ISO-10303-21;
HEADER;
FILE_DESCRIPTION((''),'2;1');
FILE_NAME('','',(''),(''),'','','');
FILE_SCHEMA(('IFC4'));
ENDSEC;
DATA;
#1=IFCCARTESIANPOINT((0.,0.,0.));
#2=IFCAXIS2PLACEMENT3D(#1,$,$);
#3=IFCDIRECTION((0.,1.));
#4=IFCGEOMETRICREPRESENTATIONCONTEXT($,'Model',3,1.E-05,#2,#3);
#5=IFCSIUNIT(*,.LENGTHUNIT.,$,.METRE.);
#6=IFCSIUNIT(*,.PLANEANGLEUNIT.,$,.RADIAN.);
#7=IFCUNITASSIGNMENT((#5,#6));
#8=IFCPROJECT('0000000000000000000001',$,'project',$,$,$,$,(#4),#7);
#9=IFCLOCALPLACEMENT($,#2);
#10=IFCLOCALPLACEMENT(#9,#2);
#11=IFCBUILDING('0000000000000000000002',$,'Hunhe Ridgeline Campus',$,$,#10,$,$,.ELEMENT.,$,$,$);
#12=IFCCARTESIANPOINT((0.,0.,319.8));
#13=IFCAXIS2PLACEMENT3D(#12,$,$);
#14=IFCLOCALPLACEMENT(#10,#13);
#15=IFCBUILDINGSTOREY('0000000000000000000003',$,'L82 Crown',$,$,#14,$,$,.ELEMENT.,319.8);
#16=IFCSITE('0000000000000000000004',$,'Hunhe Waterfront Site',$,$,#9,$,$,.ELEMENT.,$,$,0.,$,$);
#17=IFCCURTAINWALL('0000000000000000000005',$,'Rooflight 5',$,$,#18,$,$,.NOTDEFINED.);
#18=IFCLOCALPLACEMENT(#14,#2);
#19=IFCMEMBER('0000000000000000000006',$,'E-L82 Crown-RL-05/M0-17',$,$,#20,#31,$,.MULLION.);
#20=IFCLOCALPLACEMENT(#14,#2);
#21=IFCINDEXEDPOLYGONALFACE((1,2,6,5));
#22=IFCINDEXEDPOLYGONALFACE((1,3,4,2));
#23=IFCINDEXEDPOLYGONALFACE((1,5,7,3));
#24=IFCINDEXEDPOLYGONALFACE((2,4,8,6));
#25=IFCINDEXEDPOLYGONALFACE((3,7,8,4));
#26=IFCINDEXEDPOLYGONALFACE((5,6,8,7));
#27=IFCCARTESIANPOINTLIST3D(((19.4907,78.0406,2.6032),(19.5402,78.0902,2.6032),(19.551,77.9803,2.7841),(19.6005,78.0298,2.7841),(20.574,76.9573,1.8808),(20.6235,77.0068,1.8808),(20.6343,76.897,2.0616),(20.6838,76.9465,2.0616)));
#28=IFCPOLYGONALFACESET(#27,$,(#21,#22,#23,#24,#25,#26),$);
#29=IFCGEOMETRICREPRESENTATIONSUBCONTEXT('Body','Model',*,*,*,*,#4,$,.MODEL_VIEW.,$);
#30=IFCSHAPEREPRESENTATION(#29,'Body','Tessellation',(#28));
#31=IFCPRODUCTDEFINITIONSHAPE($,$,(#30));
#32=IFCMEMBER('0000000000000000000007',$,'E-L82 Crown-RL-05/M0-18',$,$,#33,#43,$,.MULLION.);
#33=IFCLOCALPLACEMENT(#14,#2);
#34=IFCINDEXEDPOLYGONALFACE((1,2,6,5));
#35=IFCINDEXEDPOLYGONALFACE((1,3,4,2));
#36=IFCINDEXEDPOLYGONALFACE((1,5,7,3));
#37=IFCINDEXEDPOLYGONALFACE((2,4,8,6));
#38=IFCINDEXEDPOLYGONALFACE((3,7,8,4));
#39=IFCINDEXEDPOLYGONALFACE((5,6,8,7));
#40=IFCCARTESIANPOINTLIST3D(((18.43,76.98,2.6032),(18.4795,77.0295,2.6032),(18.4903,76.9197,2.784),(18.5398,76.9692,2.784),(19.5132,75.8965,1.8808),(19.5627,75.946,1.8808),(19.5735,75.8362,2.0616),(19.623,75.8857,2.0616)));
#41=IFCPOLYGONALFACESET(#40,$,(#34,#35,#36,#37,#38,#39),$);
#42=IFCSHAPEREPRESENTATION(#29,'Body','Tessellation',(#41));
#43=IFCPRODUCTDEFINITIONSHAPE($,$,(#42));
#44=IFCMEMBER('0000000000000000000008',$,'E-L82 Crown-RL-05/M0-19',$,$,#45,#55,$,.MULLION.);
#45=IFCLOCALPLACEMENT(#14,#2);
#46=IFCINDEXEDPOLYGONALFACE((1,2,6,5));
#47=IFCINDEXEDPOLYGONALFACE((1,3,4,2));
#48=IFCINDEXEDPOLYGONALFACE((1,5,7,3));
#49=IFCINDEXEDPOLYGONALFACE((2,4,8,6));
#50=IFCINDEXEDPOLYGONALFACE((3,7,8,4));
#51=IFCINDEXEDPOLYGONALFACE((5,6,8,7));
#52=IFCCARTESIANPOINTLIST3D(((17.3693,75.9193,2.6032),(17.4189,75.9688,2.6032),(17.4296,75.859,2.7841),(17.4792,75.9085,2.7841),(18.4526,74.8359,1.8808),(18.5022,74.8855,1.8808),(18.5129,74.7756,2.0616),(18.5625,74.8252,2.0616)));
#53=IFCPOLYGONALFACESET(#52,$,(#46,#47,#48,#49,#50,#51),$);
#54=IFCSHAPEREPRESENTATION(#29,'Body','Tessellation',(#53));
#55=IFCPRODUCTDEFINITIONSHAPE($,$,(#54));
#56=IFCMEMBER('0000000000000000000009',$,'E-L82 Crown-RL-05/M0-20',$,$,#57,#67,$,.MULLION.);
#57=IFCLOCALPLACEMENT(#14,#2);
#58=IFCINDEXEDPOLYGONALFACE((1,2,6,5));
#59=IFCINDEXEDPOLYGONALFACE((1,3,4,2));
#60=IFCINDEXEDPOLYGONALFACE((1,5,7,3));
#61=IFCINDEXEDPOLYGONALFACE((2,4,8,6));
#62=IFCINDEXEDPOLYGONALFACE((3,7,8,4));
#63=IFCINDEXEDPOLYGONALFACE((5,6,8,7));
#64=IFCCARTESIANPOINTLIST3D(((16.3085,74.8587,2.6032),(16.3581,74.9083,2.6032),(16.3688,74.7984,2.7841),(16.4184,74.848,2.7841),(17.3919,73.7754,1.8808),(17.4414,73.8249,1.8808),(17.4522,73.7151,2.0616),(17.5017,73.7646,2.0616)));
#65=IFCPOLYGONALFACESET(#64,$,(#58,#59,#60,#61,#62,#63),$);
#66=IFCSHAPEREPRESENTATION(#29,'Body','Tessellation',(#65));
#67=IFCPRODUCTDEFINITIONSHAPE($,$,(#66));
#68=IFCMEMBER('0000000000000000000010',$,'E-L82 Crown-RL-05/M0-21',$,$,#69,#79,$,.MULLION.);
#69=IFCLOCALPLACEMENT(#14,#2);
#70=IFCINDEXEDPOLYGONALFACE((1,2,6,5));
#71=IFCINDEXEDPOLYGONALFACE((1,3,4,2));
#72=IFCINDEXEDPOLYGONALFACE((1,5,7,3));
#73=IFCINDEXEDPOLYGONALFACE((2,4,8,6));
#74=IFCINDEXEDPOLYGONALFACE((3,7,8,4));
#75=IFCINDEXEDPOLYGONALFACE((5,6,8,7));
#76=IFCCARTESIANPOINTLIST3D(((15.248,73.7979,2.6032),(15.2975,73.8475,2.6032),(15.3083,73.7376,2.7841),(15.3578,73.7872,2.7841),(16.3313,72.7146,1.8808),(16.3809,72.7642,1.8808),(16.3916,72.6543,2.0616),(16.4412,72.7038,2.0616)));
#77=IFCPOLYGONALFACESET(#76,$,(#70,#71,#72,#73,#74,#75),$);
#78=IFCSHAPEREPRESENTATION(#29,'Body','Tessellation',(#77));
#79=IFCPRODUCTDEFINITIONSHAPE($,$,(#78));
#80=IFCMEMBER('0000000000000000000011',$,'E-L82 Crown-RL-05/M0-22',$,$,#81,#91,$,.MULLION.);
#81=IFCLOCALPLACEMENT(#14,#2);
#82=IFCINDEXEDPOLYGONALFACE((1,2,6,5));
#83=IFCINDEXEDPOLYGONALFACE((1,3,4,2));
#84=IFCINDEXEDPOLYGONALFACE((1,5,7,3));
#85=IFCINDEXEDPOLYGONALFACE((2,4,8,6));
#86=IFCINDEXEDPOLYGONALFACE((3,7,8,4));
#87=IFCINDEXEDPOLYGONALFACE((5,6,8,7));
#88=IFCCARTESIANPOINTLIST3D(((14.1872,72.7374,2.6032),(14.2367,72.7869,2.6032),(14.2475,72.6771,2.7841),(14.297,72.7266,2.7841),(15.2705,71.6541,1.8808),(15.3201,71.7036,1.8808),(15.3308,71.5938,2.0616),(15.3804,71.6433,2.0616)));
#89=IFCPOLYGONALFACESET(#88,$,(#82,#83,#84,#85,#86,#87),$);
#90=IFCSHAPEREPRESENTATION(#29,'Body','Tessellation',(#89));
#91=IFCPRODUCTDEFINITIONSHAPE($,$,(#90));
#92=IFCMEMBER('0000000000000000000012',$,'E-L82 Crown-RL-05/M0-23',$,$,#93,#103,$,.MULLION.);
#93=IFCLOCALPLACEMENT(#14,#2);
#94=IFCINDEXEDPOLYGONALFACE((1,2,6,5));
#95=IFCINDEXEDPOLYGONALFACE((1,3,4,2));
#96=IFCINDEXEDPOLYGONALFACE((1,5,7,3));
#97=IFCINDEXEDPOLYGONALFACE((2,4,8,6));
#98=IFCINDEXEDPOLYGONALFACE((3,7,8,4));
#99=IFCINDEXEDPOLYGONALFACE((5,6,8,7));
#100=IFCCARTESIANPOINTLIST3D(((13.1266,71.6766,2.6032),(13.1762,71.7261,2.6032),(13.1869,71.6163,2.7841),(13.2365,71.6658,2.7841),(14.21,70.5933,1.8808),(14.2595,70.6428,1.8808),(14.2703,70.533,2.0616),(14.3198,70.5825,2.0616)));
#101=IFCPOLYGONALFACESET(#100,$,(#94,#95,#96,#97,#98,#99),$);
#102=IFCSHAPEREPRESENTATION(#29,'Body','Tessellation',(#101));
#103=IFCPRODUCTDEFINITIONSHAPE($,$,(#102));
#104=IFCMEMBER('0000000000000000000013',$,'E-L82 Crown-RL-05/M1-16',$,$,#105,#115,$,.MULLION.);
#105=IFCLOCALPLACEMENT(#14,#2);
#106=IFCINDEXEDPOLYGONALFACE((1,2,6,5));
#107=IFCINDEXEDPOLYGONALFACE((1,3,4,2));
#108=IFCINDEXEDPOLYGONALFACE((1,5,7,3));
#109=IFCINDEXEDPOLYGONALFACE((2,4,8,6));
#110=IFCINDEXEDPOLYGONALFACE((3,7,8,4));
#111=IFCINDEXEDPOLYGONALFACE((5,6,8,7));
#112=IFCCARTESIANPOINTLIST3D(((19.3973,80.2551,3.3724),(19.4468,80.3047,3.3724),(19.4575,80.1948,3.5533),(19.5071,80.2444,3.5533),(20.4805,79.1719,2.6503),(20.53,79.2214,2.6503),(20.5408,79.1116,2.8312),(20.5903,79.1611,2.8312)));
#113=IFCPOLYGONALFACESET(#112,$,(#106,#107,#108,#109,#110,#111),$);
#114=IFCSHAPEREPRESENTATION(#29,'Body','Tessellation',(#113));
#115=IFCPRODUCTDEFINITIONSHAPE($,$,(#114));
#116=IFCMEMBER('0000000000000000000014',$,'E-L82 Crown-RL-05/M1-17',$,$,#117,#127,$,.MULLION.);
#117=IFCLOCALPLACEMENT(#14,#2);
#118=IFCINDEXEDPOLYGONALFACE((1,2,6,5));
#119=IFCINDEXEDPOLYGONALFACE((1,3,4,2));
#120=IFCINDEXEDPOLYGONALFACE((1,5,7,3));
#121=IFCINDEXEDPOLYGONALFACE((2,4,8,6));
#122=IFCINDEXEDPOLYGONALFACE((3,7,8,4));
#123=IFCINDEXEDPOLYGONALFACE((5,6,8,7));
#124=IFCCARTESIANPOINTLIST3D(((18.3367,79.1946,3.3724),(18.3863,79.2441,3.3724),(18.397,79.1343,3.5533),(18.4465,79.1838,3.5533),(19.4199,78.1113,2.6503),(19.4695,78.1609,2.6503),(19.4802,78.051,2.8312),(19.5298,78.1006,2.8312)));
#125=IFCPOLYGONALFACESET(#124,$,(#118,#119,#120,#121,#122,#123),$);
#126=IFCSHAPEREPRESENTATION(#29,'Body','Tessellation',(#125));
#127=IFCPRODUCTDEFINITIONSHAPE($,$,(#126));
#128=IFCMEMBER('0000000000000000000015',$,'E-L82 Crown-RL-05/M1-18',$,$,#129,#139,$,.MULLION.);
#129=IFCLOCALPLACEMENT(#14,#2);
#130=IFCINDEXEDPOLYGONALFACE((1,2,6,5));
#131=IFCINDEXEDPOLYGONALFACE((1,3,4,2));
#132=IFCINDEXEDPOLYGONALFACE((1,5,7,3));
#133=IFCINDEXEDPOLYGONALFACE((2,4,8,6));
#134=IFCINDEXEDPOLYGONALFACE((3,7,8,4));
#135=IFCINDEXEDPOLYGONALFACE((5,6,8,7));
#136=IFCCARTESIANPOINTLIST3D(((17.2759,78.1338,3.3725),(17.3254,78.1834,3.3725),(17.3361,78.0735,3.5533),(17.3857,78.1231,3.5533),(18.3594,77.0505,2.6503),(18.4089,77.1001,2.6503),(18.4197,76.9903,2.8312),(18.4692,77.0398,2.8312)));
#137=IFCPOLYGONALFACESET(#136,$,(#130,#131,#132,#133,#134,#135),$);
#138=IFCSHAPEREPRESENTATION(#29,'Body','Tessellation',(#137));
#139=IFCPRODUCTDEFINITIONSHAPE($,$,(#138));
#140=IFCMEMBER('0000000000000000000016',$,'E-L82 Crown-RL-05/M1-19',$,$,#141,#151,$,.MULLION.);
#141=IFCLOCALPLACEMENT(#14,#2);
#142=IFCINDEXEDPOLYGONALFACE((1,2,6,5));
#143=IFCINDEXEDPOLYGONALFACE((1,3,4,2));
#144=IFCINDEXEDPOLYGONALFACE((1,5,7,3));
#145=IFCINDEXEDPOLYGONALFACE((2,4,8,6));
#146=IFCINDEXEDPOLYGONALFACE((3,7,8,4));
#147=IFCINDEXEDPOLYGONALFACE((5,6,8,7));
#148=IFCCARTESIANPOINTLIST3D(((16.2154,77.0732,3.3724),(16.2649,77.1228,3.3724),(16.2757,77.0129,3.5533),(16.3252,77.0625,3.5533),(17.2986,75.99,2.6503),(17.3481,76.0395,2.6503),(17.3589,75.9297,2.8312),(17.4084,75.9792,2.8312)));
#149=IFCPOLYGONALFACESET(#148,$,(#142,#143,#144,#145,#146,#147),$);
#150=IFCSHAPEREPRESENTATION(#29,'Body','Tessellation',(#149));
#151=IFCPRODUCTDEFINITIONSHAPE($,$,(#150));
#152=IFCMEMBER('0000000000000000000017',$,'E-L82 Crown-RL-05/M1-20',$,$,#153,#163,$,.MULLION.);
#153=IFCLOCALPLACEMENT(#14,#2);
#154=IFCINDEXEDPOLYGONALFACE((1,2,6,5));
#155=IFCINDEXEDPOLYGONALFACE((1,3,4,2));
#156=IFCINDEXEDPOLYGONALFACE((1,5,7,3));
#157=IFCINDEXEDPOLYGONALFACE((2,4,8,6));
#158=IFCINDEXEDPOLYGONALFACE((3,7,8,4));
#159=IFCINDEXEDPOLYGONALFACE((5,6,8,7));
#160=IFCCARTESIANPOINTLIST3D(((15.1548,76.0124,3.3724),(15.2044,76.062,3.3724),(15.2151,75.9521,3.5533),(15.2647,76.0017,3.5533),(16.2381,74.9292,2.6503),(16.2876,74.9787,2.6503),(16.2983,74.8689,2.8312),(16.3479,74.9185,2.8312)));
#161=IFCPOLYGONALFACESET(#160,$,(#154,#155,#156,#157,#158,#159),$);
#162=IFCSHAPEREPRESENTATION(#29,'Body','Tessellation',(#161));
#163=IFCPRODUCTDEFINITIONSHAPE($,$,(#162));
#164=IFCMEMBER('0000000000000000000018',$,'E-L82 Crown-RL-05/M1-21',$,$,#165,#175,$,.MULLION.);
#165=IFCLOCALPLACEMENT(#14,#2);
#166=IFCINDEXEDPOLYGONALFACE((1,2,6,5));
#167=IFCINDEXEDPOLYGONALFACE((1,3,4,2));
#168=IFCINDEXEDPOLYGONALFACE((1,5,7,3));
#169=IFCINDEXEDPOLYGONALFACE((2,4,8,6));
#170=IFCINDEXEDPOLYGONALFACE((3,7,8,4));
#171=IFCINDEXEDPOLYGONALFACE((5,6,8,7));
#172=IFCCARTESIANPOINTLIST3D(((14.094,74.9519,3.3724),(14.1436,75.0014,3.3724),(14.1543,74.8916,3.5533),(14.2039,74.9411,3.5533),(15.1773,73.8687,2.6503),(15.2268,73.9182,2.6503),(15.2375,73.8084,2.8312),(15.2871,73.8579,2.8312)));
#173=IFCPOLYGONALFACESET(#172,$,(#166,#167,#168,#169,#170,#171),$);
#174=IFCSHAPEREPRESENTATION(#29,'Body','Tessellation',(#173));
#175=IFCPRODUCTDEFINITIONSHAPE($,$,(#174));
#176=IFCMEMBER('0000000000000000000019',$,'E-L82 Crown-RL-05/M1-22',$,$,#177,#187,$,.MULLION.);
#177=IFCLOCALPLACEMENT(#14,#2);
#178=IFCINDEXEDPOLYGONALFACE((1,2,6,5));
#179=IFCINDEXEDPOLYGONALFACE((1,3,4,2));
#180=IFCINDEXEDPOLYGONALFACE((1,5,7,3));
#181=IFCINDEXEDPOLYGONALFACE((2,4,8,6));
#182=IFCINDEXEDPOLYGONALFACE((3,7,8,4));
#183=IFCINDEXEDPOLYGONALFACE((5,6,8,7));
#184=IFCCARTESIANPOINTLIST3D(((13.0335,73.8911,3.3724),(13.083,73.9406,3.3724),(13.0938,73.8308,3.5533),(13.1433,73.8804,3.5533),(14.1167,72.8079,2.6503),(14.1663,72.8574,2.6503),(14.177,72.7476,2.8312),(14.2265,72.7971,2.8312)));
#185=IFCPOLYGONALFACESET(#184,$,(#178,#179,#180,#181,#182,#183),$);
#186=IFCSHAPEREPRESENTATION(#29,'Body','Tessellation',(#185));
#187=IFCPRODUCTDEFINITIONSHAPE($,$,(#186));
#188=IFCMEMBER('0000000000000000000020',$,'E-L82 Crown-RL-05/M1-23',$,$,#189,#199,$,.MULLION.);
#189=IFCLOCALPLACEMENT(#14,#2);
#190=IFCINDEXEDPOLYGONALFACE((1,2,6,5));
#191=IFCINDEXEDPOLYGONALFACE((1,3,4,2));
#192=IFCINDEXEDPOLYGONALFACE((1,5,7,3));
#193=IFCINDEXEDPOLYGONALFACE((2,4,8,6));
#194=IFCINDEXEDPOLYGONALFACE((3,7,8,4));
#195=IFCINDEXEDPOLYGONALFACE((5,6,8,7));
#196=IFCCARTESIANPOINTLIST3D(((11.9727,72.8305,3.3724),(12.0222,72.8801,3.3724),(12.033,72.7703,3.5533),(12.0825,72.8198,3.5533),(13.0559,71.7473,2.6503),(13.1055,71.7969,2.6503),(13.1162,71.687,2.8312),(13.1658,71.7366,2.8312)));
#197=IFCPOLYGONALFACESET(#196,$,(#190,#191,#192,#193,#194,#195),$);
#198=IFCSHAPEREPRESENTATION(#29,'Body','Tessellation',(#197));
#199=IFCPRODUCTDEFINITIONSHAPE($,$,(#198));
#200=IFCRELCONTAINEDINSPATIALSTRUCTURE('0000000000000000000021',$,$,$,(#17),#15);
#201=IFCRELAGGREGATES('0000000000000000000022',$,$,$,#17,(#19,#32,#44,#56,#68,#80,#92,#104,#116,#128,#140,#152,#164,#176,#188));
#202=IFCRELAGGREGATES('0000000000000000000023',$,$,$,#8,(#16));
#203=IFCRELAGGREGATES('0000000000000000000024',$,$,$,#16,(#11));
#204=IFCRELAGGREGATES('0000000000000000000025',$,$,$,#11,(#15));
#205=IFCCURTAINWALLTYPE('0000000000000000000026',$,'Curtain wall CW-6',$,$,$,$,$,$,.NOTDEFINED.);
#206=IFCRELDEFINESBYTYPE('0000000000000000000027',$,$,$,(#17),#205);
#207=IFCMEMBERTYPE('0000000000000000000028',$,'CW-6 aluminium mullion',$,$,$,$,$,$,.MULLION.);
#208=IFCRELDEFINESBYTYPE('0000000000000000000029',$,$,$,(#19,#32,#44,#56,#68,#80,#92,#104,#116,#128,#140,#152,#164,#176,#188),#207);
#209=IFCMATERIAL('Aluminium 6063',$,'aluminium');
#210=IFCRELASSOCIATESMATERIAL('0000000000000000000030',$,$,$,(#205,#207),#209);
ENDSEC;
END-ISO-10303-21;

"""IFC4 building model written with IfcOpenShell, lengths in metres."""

from ifc_helpers import new_model, si_unit, direction, frame, origin, origin_2d, place, context, subcontext, project, spatial, rectangle, extrude, material, material_profile, profile_set, type_object, element, aggregate, save


model = new_model("IFC4")

# Units and contexts
model_context = context("Model", 3, precision=1e-05, world=origin(), true_north=direction((0.0, 1.0)))
body_context = subcontext(model_context, "Body", "Model", "MODEL_VIEW")
ifc_project = project(units=[si_unit("LENGTHUNIT", "METRE"), si_unit("PLANEANGLEUNIT", "RADIAN")], contexts=[model_context])

# Site, building, storey
site_placement = place(None, origin())
site = spatial("IfcSite", under=ifc_project, at=site_placement, Name="Hunhe Waterfront Site", CompositionType="ELEMENT", RefElevation=0.0)
building_placement = place(site_placement, origin())
building = spatial("IfcBuilding", under=site, at=building_placement, Name="Hunhe Ridgeline Campus", CompositionType="ELEMENT")
storey_placement = place(building_placement, frame((0.0, 0.0, 319.8)))
storey = spatial("IfcBuildingStorey", under=building, at=storey_placement, Name="L82 Crown", CompositionType="ELEMENT", Elevation=319.8)

# Curtain wall, members
ifc_material_1 = material(Name="Aluminium 6063", Category="aluminium")
curtain_wall_type = type_object("IfcCurtainWallType", Name="Curtain wall CW-6", PredefinedType="NOTDEFINED", material=ifc_material_1)
curtain_wall_placement = place(storey_placement, origin())
curtain_wall = element("IfcCurtainWall", 1, at=curtain_wall_placement, inside=storey, type_object=curtain_wall_type, Name="Rooflight 5", PredefinedType="NOTDEFINED")
ifc_material_profile = material_profile(ifc_material_1, rectangle(XDim=0.0701, YDim=0.2, at=origin_2d()))
ifc_profile_set = profile_set([ifc_material_profile], Name="Aluminium 6063")
member_type = type_object("IfcMemberType", Name="CW-6 aluminium mullion", PredefinedType="MULLION", material=ifc_profile_set)
member_1_placement = place(storey_placement, frame((20.6289, 76.9519, 1.9712), z_axis=(-0.639563, 0.639563, 0.426519), x_axis=(-0.707107, -0.707107, 0.0)))
member_1 = element("IfcMember", 2, at=member_1_placement, type_object=member_type, Name="E-L82 Crown-RL-05/M0-17", PredefinedType="MULLION", context=body_context, shape_type="SweptSolid", body=[
    extrude(rectangle(XDim=0.0701, YDim=0.2, at=origin_2d()), origin(), (0.0, 0.0, 1.0), 1.6938),
])
member_2_placement = place(storey_placement, frame((19.5681, 75.8911, 1.9712), z_axis=(-0.639504, 0.639648, 0.42648), x_axis=(-0.707186, -0.707027, 0.0)))
member_2 = element("IfcMember", 3, at=member_2_placement, type_object=member_type, Name="E-L82 Crown-RL-05/M0-18", PredefinedType="MULLION", context=body_context, shape_type="SweptSolid", body=[
    extrude(rectangle(XDim=0.0701, YDim=0.2, at=origin_2d()), origin(), (0.0, 0.0, 1.0), 1.6938),
])
member_3_placement = place(storey_placement, frame((18.5076, 74.8306, 1.9712), z_axis=(-0.639563, 0.639563, 0.426519), x_axis=(-0.707107, -0.707107, 0.0)))
member_3 = element("IfcMember", 4, at=member_3_placement, type_object=member_type, Name="E-L82 Crown-RL-05/M0-19", PredefinedType="MULLION", context=body_context, shape_type="SweptSolid", body=[
    extrude(rectangle(XDim=0.0701, YDim=0.2, at=origin_2d()), origin(), (0.0, 0.0, 1.0), 1.6938),
])
member_4_placement = place(storey_placement, frame((17.4468, 73.77, 1.9712), z_axis=(-0.639563, 0.639563, 0.426519), x_axis=(-0.707107, -0.707107, 0.0)))
member_4 = element("IfcMember", 5, at=member_4_placement, type_object=member_type, Name="E-L82 Crown-RL-05/M0-20", PredefinedType="MULLION", context=body_context, shape_type="SweptSolid", body=[
    extrude(rectangle(XDim=0.0701, YDim=0.2, at=origin_2d()), origin(), (0.0, 0.0, 1.0), 1.6938),
])
member_5_placement = place(storey_placement, frame((16.3862, 72.7092, 1.9712), z_axis=(-0.639563, 0.639563, 0.426519), x_axis=(-0.707107, -0.707107, 0.0)))
member_5 = element("IfcMember", 6, at=member_5_placement, type_object=member_type, Name="E-L82 Crown-RL-05/M0-21", PredefinedType="MULLION", context=body_context, shape_type="SweptSolid", body=[
    extrude(rectangle(XDim=0.0701, YDim=0.2, at=origin_2d()), origin(), (0.0, 0.0, 1.0), 1.6938),
])
member_6_placement = place(storey_placement, frame((15.3254, 71.6487, 1.9712), z_axis=(-0.639563, 0.639563, 0.426519), x_axis=(-0.707107, -0.707107, 0.0)))
member_6 = element("IfcMember", 7, at=member_6_placement, type_object=member_type, Name="E-L82 Crown-RL-05/M0-22", PredefinedType="MULLION", context=body_context, shape_type="SweptSolid", body=[
    extrude(rectangle(XDim=0.0701, YDim=0.2, at=origin_2d()), origin(), (0.0, 0.0, 1.0), 1.6938),
])
member_7_placement = place(storey_placement, frame((14.2649, 70.5879, 1.9712), z_axis=(-0.639563, 0.639563, 0.426519), x_axis=(-0.707107, -0.707107, 0.0)))
member_7 = element("IfcMember", 8, at=member_7_placement, type_object=member_type, Name="E-L82 Crown-RL-05/M0-23", PredefinedType="MULLION", context=body_context, shape_type="SweptSolid", body=[
    extrude(rectangle(XDim=0.0701, YDim=0.2, at=origin_2d()), origin(), (0.0, 0.0, 1.0), 1.6938),
])
member_8_placement = place(storey_placement, frame((20.5354, 79.1665, 2.7407), z_axis=(-0.639602, 0.639602, 0.426401), x_axis=(-0.707107, -0.707107, 0.0)))
member_8 = element("IfcMember", 9, at=member_8_placement, type_object=member_type, Name="E-L82 Crown-RL-05/M1-16", PredefinedType="MULLION", context=body_context, shape_type="SweptSolid", body=[
    extrude(rectangle(XDim=0.0701, YDim=0.2, at=origin_2d()), origin(), (0.0, 0.0, 1.0), 1.6936),
])
member_9_placement = place(storey_placement, frame((19.4749, 78.106, 2.7407), z_axis=(-0.639602, 0.639602, 0.426401), x_axis=(-0.707107, -0.707107, 0.0)))
member_9 = element("IfcMember", 10, at=member_9_placement, type_object=member_type, Name="E-L82 Crown-RL-05/M1-17", PredefinedType="MULLION", context=body_context, shape_type="SweptSolid", body=[
    extrude(rectangle(XDim=0.0701, YDim=0.2, at=origin_2d()), origin(), (0.0, 0.0, 1.0), 1.6936),
])
member_10_placement = place(storey_placement, frame((18.4143, 77.0452, 2.7407), z_axis=(-0.639687, 0.639543, 0.426362), x_axis=(-0.707027, -0.707186, 0.0)))
member_10 = element("IfcMember", 11, at=member_10_placement, type_object=member_type, Name="E-L82 Crown-RL-05/M1-18", PredefinedType="MULLION", context=body_context, shape_type="SweptSolid", body=[
    extrude(rectangle(XDim=0.0701, YDim=0.2, at=origin_2d()), origin(), (0.0, 0.0, 1.0), 1.6938),
])
member_11_placement = place(storey_placement, frame((17.3535, 75.9846, 2.7407), z_axis=(-0.639602, 0.639602, 0.426401), x_axis=(-0.707107, -0.707107, 0.0)))
member_11 = element("IfcMember", 12, at=member_11_placement, type_object=member_type, Name="E-L82 Crown-RL-05/M1-19", PredefinedType="MULLION", context=body_context, shape_type="SweptSolid", body=[
    extrude(rectangle(XDim=0.0701, YDim=0.2, at=origin_2d()), origin(), (0.0, 0.0, 1.0), 1.6936),
])
member_12_placement = place(storey_placement, frame((16.293, 74.9238, 2.7407), z_axis=(-0.639602, 0.639602, 0.426401), x_axis=(-0.707107, -0.707107, 0.0)))
member_12 = element("IfcMember", 13, at=member_12_placement, type_object=member_type, Name="E-L82 Crown-RL-05/M1-20", PredefinedType="MULLION", context=body_context, shape_type="SweptSolid", body=[
    extrude(rectangle(XDim=0.0701, YDim=0.2, at=origin_2d()), origin(), (0.0, 0.0, 1.0), 1.6936),
])
member_13_placement = place(storey_placement, frame((15.2322, 73.8633, 2.7407), z_axis=(-0.639602, 0.639602, 0.426401), x_axis=(-0.707107, -0.707107, 0.0)))
member_13 = element("IfcMember", 14, at=member_13_placement, type_object=member_type, Name="E-L82 Crown-RL-05/M1-21", PredefinedType="MULLION", context=body_context, shape_type="SweptSolid", body=[
    extrude(rectangle(XDim=0.0701, YDim=0.2, at=origin_2d()), origin(), (0.0, 0.0, 1.0), 1.6936),
])
member_14_placement = place(storey_placement, frame((14.1716, 72.8025, 2.7407), z_axis=(-0.639602, 0.639602, 0.426401), x_axis=(-0.707107, -0.707107, 0.0)))
member_14 = element("IfcMember", 15, at=member_14_placement, type_object=member_type, Name="E-L82 Crown-RL-05/M1-22", PredefinedType="MULLION", context=body_context, shape_type="SweptSolid", body=[
    extrude(rectangle(XDim=0.0701, YDim=0.2, at=origin_2d()), origin(), (0.0, 0.0, 1.0), 1.6936),
])
member_15_placement = place(storey_placement, frame((13.1108, 71.7419, 2.7407), z_axis=(-0.639602, 0.639602, 0.426401), x_axis=(-0.707107, -0.707107, 0.0)))
member_15 = element("IfcMember", 16, at=member_15_placement, type_object=member_type, Name="E-L82 Crown-RL-05/M1-23", PredefinedType="MULLION", context=body_context, shape_type="SweptSolid", body=[
    extrude(rectangle(XDim=0.0701, YDim=0.2, at=origin_2d()), origin(), (0.0, 0.0, 1.0), 1.6936),
])
aggregate(curtain_wall, [member_1, member_2, member_3, member_4, member_5, member_6, member_7, member_8, member_9, member_10, member_11, member_12, member_13, member_14, member_15])

save(model, "model.ifc")
